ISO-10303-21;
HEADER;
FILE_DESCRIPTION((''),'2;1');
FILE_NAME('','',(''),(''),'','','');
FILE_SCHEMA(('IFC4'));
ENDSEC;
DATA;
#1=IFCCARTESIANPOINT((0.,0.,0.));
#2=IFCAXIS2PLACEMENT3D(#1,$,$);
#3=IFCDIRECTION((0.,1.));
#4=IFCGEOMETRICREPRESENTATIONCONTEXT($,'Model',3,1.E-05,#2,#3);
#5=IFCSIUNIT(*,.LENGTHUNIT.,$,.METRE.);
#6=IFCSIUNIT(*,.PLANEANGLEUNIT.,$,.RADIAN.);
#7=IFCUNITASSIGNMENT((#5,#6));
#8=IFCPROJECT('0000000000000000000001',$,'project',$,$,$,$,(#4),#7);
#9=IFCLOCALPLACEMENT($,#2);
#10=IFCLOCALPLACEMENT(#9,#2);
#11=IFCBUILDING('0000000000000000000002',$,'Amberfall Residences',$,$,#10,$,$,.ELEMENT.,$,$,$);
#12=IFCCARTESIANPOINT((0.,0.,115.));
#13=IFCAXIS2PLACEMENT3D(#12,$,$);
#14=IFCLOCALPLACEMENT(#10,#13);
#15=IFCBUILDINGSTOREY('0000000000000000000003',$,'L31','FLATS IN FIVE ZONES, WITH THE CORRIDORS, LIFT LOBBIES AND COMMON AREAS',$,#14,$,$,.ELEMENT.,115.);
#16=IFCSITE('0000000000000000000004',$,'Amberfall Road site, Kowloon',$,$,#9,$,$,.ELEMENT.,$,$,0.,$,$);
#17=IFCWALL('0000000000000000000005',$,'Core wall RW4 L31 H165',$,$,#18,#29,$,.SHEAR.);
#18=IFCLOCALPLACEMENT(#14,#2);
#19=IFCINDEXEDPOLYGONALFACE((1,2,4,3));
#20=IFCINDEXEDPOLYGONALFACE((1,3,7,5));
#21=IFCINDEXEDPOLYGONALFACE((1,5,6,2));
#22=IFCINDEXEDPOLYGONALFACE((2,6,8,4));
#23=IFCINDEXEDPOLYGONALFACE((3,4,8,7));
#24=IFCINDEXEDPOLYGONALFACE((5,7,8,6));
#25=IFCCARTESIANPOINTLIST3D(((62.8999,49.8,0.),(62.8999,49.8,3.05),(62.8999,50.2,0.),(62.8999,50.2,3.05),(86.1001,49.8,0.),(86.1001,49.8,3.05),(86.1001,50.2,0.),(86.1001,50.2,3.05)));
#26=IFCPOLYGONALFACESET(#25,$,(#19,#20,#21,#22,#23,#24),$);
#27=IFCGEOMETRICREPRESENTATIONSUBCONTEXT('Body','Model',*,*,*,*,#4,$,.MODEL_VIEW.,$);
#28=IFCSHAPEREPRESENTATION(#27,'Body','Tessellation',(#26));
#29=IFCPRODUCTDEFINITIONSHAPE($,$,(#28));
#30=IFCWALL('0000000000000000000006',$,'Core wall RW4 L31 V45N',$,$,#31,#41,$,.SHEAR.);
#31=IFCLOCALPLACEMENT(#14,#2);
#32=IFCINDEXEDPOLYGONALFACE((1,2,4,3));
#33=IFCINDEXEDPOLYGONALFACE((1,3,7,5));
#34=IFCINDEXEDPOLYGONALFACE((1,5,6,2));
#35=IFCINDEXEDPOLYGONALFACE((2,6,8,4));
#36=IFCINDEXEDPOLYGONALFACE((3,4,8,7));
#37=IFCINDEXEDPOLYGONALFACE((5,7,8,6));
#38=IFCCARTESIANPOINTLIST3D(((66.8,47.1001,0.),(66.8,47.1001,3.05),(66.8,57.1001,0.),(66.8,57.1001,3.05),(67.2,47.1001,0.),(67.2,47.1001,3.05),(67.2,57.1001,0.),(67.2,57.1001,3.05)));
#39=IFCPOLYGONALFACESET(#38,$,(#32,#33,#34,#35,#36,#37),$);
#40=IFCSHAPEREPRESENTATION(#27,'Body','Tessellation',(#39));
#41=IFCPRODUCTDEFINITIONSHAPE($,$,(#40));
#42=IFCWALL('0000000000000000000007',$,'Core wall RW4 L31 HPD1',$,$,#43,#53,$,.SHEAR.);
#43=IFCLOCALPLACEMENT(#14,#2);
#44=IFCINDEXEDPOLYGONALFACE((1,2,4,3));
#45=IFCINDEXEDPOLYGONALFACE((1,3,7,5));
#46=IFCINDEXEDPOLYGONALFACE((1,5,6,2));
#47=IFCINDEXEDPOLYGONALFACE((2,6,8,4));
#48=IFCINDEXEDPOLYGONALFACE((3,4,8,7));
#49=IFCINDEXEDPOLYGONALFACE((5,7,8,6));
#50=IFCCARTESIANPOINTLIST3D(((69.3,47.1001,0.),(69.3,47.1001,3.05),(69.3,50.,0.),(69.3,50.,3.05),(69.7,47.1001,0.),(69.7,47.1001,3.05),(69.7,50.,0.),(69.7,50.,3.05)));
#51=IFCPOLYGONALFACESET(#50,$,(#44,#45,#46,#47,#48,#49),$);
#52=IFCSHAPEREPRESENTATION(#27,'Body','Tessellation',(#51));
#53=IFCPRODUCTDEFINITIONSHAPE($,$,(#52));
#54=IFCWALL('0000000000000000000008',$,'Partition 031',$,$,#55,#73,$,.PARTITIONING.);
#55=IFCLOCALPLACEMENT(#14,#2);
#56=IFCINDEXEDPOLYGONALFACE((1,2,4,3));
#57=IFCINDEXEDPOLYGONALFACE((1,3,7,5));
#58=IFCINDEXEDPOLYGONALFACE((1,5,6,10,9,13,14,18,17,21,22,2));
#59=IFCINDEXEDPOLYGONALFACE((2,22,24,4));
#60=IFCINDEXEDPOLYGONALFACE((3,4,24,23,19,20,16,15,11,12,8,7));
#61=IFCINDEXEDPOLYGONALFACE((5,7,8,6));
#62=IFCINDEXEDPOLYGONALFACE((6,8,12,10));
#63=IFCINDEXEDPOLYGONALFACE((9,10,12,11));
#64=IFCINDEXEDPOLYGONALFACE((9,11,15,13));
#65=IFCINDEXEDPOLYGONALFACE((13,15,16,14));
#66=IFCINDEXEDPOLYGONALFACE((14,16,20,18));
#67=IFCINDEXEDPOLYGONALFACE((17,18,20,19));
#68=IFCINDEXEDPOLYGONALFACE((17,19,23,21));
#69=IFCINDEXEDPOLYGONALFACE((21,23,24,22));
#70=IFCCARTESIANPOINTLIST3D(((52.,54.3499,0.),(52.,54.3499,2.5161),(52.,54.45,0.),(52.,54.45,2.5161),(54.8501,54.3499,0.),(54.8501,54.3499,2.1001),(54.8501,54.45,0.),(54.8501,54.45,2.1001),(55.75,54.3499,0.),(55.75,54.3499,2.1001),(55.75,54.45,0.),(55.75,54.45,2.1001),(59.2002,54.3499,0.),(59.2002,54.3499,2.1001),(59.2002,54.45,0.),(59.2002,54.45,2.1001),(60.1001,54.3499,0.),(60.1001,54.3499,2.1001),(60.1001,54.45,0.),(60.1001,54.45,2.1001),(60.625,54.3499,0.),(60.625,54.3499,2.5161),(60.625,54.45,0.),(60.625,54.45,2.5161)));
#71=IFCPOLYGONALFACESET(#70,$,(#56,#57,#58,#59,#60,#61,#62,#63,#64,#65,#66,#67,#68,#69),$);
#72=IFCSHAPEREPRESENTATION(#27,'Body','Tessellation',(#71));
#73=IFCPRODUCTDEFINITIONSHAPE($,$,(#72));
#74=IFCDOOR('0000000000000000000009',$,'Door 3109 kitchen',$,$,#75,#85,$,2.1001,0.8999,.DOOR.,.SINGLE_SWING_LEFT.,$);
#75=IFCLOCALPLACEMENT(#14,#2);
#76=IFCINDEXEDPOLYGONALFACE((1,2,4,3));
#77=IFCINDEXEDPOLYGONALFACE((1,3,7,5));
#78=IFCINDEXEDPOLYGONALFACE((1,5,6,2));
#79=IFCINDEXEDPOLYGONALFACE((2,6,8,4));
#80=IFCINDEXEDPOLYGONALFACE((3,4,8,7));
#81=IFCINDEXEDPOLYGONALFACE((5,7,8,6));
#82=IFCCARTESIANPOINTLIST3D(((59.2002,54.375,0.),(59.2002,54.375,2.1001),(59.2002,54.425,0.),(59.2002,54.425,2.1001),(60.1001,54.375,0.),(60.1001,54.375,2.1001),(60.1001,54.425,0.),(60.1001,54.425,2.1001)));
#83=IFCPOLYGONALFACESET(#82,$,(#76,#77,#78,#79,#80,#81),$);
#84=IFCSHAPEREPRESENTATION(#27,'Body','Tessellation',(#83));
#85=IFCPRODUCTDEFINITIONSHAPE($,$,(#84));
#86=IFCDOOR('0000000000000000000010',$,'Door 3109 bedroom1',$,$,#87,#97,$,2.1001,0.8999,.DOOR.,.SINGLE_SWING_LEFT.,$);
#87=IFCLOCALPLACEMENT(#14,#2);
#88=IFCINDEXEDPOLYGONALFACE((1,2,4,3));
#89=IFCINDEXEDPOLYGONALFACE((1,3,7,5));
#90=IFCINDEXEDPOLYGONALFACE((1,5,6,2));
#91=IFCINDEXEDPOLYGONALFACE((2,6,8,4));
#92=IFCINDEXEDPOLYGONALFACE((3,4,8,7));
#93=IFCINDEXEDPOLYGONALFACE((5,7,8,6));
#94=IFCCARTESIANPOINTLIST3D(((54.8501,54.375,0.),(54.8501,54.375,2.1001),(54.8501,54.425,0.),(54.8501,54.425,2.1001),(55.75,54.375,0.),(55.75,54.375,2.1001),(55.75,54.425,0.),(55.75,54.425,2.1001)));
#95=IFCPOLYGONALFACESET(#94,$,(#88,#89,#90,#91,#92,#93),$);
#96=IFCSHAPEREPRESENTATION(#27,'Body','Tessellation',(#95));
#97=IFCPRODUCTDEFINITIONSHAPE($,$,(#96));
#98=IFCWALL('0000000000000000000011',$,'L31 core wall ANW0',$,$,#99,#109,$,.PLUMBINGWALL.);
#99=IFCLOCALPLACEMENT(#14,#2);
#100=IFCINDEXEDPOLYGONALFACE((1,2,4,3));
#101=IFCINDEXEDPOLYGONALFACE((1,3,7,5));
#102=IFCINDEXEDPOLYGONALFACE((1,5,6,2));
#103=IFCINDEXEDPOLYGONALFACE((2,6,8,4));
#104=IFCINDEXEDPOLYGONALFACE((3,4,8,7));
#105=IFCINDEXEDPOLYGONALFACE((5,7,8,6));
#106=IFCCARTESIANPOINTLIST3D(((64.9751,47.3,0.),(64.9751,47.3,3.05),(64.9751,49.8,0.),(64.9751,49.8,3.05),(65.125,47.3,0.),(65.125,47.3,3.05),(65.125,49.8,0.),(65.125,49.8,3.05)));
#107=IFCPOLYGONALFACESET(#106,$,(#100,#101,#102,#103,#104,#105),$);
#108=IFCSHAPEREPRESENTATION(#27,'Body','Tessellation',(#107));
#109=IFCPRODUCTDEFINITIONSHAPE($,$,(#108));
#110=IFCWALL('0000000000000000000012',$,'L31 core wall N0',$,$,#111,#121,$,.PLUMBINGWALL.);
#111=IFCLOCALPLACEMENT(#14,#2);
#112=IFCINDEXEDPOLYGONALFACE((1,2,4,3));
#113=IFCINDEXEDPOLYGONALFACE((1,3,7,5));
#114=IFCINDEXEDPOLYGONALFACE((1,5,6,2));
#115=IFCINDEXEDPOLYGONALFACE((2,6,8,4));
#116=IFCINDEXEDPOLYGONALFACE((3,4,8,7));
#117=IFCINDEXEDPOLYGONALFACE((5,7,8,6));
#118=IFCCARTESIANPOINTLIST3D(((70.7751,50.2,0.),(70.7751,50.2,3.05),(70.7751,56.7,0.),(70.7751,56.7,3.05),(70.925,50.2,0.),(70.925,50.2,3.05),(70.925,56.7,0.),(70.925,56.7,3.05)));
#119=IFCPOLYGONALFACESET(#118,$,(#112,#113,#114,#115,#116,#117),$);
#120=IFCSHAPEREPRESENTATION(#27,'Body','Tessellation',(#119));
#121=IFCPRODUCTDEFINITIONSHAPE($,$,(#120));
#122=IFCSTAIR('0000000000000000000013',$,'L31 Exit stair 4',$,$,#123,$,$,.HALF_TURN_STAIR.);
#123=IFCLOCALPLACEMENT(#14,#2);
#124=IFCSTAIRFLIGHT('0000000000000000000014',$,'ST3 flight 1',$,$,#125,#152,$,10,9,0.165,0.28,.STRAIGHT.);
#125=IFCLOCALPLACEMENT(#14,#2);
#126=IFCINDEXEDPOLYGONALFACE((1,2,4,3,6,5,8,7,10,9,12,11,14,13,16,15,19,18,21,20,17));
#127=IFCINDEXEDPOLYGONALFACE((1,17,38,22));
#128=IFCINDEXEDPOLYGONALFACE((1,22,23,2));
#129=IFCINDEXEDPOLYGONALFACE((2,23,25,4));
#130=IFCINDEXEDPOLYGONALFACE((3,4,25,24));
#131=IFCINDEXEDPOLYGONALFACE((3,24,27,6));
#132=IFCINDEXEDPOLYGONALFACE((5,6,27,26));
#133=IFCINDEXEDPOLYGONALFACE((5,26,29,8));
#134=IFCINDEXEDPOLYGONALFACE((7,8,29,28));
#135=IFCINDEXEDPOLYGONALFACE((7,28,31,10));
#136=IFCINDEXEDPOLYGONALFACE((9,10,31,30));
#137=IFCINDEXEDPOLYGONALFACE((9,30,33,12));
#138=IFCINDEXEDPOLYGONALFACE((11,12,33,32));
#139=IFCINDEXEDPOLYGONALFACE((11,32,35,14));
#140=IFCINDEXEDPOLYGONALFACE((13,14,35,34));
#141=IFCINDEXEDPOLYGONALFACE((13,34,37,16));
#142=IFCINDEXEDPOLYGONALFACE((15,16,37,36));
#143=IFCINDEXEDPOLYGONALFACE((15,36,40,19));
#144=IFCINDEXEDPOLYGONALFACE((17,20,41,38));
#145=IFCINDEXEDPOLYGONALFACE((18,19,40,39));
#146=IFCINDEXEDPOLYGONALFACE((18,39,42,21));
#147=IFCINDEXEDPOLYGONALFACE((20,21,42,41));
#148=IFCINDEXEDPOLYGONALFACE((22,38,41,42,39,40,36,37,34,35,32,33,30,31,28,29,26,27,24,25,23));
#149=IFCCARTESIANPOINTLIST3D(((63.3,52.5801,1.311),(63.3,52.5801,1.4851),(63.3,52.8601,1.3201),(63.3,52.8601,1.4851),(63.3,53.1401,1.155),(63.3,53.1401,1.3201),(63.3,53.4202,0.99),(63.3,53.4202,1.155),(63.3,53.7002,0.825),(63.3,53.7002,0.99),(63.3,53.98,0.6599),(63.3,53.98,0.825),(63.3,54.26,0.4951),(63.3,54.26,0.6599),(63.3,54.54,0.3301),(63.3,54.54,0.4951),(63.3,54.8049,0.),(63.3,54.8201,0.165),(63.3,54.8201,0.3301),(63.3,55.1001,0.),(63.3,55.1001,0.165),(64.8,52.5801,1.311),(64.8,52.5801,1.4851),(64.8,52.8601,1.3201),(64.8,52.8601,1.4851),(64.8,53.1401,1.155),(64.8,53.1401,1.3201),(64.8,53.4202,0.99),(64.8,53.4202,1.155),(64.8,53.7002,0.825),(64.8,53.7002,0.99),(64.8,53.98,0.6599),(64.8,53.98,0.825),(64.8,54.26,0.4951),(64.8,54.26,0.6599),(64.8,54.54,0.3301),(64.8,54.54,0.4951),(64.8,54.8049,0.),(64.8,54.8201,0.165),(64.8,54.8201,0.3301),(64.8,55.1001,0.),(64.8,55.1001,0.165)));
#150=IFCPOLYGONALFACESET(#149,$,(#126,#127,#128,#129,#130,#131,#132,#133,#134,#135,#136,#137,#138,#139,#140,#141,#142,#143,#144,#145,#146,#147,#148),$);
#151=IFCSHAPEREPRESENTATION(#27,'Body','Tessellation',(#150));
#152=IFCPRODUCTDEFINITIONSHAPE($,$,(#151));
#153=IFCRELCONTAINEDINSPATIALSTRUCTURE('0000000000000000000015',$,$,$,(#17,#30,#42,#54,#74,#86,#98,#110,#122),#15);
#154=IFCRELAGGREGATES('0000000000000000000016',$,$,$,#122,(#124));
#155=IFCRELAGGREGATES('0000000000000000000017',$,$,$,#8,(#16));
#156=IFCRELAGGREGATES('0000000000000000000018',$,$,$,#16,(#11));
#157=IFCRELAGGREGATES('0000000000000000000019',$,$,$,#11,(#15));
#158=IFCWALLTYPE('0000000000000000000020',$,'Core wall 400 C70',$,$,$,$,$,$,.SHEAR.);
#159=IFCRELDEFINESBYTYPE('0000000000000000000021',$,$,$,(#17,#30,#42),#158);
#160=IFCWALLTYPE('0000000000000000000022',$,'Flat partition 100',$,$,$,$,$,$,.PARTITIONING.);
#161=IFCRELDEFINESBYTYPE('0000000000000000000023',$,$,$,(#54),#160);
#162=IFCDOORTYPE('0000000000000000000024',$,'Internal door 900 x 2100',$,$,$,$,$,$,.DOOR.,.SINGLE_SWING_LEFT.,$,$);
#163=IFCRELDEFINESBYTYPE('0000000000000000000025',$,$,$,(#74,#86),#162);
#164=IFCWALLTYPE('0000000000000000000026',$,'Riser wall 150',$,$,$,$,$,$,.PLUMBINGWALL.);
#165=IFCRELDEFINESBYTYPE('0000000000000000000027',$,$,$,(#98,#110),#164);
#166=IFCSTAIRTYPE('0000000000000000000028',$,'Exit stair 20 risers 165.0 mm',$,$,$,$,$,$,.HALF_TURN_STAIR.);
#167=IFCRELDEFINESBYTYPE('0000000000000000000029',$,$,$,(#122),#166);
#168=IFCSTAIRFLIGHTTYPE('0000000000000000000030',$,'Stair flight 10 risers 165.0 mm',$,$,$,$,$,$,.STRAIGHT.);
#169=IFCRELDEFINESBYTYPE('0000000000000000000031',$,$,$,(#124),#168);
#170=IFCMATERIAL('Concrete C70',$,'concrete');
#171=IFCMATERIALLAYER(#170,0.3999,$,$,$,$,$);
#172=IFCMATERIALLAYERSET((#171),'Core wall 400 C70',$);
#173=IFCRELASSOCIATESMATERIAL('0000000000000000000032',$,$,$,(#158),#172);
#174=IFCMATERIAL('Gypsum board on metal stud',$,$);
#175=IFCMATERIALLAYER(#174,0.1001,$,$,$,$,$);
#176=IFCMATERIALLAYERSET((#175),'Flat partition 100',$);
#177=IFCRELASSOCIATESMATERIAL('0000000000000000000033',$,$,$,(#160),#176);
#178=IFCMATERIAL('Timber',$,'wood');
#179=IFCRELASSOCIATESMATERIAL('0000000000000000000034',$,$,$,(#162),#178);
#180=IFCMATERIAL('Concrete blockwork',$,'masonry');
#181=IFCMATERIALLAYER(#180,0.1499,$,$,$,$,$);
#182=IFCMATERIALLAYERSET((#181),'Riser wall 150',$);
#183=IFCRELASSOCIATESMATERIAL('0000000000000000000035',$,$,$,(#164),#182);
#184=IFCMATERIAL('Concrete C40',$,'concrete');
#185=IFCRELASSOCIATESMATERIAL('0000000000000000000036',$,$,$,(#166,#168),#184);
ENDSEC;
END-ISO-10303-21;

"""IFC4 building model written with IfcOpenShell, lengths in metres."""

from ifc_helpers import new_model, si_unit, direction, frame, frame_2d, origin, place, context, subcontext, project, spatial, polyline, rectangle, outline, extrude, material, layer, layer_set, type_object, element, fill, aggregate, save


model = new_model("IFC4")

# Units and contexts
model_context = context("Model", 3, precision=1e-05, world=origin(), true_north=direction((0.0, 1.0)))
body_context = subcontext(model_context, "Body", "Model", "MODEL_VIEW")
ifc_project = project(units=[si_unit("LENGTHUNIT", "METRE"), si_unit("PLANEANGLEUNIT", "RADIAN")], contexts=[model_context])

# Site, building, storey
site_placement = place(None, origin())
site = spatial("IfcSite", under=ifc_project, at=site_placement, Name="Amberfall Road site, Kowloon", CompositionType="ELEMENT", RefElevation=0.0)
building_placement = place(site_placement, origin())
building = spatial("IfcBuilding", under=site, at=building_placement, Name="Amberfall Residences", CompositionType="ELEMENT")
storey_placement = place(building_placement, frame((0.0, 0.0, 115.0)))
storey = spatial("IfcBuildingStorey", under=building, at=storey_placement, Name="L31", Description="FLATS IN FIVE ZONES, WITH THE CORRIDORS, LIFT LOBBIES AND COMMON AREAS", CompositionType="ELEMENT", Elevation=115.0)

# Walls
ifc_material_1 = material(Name="Concrete C70", Category="concrete")
ifc_layer_1 = layer(ifc_material_1, 0.3999)
ifc_layer_set_1 = layer_set([ifc_layer_1], Name="Core wall 400 C70")
wall_type_1 = type_object("IfcWallType", Name="Core wall 400 C70", PredefinedType="SHEAR", material=ifc_layer_set_1)
wall_1_placement = place(storey_placement, frame((62.8999, 50.0, 0.0), z_axis=(0.0, 0.0, 1.0), x_axis=(1.0, 0.0, 0.0)))
element("IfcWall", 1, at=wall_1_placement, inside=storey, type_object=wall_type_1, Name="Core wall RW4 L31 H165", PredefinedType="SHEAR", context=body_context, shape_type="SweptSolid", body=[
    extrude(rectangle(XDim=23.2002, YDim=0.3999, at=frame_2d((11.6001, 0.0))), origin(), (0.0, 0.0, 1.0), 3.05),
])
wall_2_placement = place(storey_placement, frame((67.0, 47.1001, 0.0), z_axis=(0.0, 0.0, 1.0), x_axis=(0.0, 1.0, 0.0)))
element("IfcWall", 2, at=wall_2_placement, inside=storey, type_object=wall_type_1, Name="Core wall RW4 L31 V45N", PredefinedType="SHEAR", context=body_context, shape_type="SweptSolid", body=[
    extrude(rectangle(XDim=10.0, YDim=0.3999, at=frame_2d((5.0, 0.0))), origin(), (0.0, 0.0, 1.0), 3.05),
])
wall_3_placement = place(storey_placement, frame((69.5, 47.1001, 0.0), z_axis=(0.0, 0.0, 1.0), x_axis=(0.0, 1.0, 0.0)))
element("IfcWall", 3, at=wall_3_placement, inside=storey, type_object=wall_type_1, Name="Core wall RW4 L31 HPD1", PredefinedType="SHEAR", context=body_context, shape_type="SweptSolid", body=[
    extrude(rectangle(XDim=2.8999, YDim=0.3999, at=frame_2d((1.45, 0.0))), origin(), (0.0, 0.0, 1.0), 3.05),
])

# Wall, openings, doors
ifc_material_2 = material(Name="Gypsum board on metal stud")
ifc_layer_2 = layer(ifc_material_2, 0.1001)
ifc_layer_set_2 = layer_set([ifc_layer_2], Name="Flat partition 100")
wall_type_2 = type_object("IfcWallType", Name="Flat partition 100", PredefinedType="PARTITIONING", material=ifc_layer_set_2)
wall_4_placement = place(storey_placement, frame((60.625, 54.3999, 0.0), z_axis=(0.0, 0.0, 1.0), x_axis=(-1.0, 0.0, 0.0)))
wall_4 = element("IfcWall", 4, at=wall_4_placement, inside=storey, type_object=wall_type_2, Name="Partition 031", PredefinedType="PARTITIONING", context=body_context, shape_type="SweptSolid", body=[
    extrude(rectangle(XDim=8.625, YDim=0.1001, at=frame_2d((4.3125, 0.0))), origin(), (0.0, 0.0, 1.0), 2.5161),
])
opening_1_placement = place(wall_4_placement, frame((0.5249, 0.0, 0.0)))
opening_1 = element("IfcOpeningElement", 5, at=opening_1_placement, cuts=wall_4, PredefinedType="OPENING", context=body_context, shape_type="SweptSolid", body=[
    extrude(rectangle(XDim=0.8999, YDim=2.1001, at=frame_2d((0.45, 1.05))), frame((0.0, 0.0601, 0.0), z_axis=(0.0, -1.0, 0.0), x_axis=(1.0, 0.0, 0.0)), (0.0, 0.0, 1.0), 0.1201),
])
opening_2_placement = place(wall_4_placement, frame((4.875, 0.0, 0.0)))
opening_2 = element("IfcOpeningElement", 6, at=opening_2_placement, cuts=wall_4, PredefinedType="OPENING", context=body_context, shape_type="SweptSolid", body=[
    extrude(rectangle(XDim=0.8999, YDim=2.1001, at=frame_2d((0.45, 1.05))), frame((0.0, 0.0601, 0.0), z_axis=(0.0, -1.0, 0.0), x_axis=(1.0, 0.0, 0.0)), (0.0, 0.0, 1.0), 0.1201),
])
ifc_material_3 = material(Name="Timber", Category="wood")
door_type = type_object("IfcDoorType", Name="Internal door 900 x 2100", OperationType="SINGLE_SWING_LEFT", PredefinedType="DOOR", material=ifc_material_3)
door_1_placement = place(opening_1_placement, origin())
door_1 = element("IfcDoor", 7, at=door_1_placement, inside=storey, type_object=door_type, Name="Door 3109 kitchen", OperationType="SINGLE_SWING_LEFT", OverallHeight=2.1001, OverallWidth=0.8999, PredefinedType="DOOR", context=body_context, shape_type="SweptSolid", body=[
    extrude(rectangle(XDim=0.8999, YDim=2.1001, at=frame_2d((0.45, 1.05))), frame((0.0, 0.0249, 0.0), z_axis=(0.0, -1.0, 0.0), x_axis=(1.0, 0.0, 0.0)), (0.0, 0.0, 1.0), 0.05),
])
fill(opening_1, door_1)
door_2_placement = place(opening_2_placement, origin())
door_2 = element("IfcDoor", 8, at=door_2_placement, inside=storey, type_object=door_type, Name="Door 3109 bedroom1", OperationType="SINGLE_SWING_LEFT", OverallHeight=2.1001, OverallWidth=0.8999, PredefinedType="DOOR", context=body_context, shape_type="SweptSolid", body=[
    extrude(rectangle(XDim=0.8999, YDim=2.1001, at=frame_2d((0.45, 1.05))), frame((0.0, 0.0249, 0.0), z_axis=(0.0, -1.0, 0.0), x_axis=(1.0, 0.0, 0.0)), (0.0, 0.0, 1.0), 0.05),
])
fill(opening_2, door_2)

# Walls
ifc_material_4 = material(Name="Concrete blockwork", Category="masonry")
ifc_layer_3 = layer(ifc_material_4, 0.1499)
ifc_layer_set_3 = layer_set([ifc_layer_3], Name="Riser wall 150")
wall_type_3 = type_object("IfcWallType", Name="Riser wall 150", PredefinedType="PLUMBINGWALL", material=ifc_layer_set_3)
wall_5_placement = place(storey_placement, frame((65.05, 47.3, 0.0), z_axis=(0.0, 0.0, 1.0), x_axis=(0.0, 1.0, 0.0)))
element("IfcWall", 9, at=wall_5_placement, inside=storey, type_object=wall_type_3, Name="L31 core wall ANW0", PredefinedType="PLUMBINGWALL", context=body_context, shape_type="SweptSolid", body=[
    extrude(rectangle(XDim=2.5, YDim=0.1499, at=frame_2d((1.25, 0.0))), origin(), (0.0, 0.0, 1.0), 3.05),
])
wall_6_placement = place(storey_placement, frame((70.8501, 50.2, 0.0), z_axis=(0.0, 0.0, 1.0), x_axis=(0.0, 1.0, 0.0)))
element("IfcWall", 10, at=wall_6_placement, inside=storey, type_object=wall_type_3, Name="L31 core wall N0", PredefinedType="PLUMBINGWALL", context=body_context, shape_type="SweptSolid", body=[
    extrude(rectangle(XDim=6.5, YDim=0.1499, at=frame_2d((3.25, 0.0))), origin(), (0.0, 0.0, 1.0), 3.05),
])

# Stair, stair flight
ifc_material_5 = material(Name="Concrete C40", Category="concrete")
stair_type = type_object("IfcStairType", Name="Exit stair 20 risers 165.0 mm", PredefinedType="HALF_TURN_STAIR", material=ifc_material_5)
stair_placement = place(storey_placement, origin())
stair = element("IfcStair", 11, at=stair_placement, inside=storey, type_object=stair_type, Name="L31 Exit stair 4", PredefinedType="HALF_TURN_STAIR")
stair_flight_type = type_object("IfcStairFlightType", Name="Stair flight 10 risers 165.0 mm", PredefinedType="STRAIGHT", material=ifc_material_5)
stair_flight_1_placement = place(storey_placement, frame((64.05, 55.1001, 0.0), z_axis=(0.0, 0.0, 1.0), x_axis=(0.0, -1.0, 0.0)))
stair_flight_1 = element("IfcStairFlight", 12, at=stair_flight_1_placement, type_object=stair_flight_type, Name="ST3 flight 1", NumberOfRisers=10, NumberOfTreads=9, PredefinedType="STRAIGHT", RiserHeight=0.165, TreadLength=0.28, context=body_context, shape_type="SweptSolid", body=[
    extrude(outline(polyline([(0.0, 0.0), (0.0, 0.165), (0.28, 0.165), (0.28, 0.3301), (0.5601, 0.3301), (0.5601, 0.4951), (0.8401, 0.4951), (0.8401, 0.6599), (1.1201, 0.6599), (1.1201, 0.825), (1.3999, 0.825), (1.3999, 0.99), (1.6799, 0.99), (1.6799, 1.155), (1.96, 1.155), (1.96, 1.3201), (2.24, 1.3201), (2.24, 1.4851), (2.52, 1.4851), (2.52, 1.6499), (2.52, 1.311), (0.2952, 0.0), (0.0, 0.0)])), frame((0.0, 0.75, 0.0), z_axis=(0.0, -1.0, 0.0), x_axis=(1.0, 0.0, 0.0)), (0.0, 0.0, 1.0), 1.5),
])
aggregate(stair, [stair_flight_1])

save(model, "model.ifc")
